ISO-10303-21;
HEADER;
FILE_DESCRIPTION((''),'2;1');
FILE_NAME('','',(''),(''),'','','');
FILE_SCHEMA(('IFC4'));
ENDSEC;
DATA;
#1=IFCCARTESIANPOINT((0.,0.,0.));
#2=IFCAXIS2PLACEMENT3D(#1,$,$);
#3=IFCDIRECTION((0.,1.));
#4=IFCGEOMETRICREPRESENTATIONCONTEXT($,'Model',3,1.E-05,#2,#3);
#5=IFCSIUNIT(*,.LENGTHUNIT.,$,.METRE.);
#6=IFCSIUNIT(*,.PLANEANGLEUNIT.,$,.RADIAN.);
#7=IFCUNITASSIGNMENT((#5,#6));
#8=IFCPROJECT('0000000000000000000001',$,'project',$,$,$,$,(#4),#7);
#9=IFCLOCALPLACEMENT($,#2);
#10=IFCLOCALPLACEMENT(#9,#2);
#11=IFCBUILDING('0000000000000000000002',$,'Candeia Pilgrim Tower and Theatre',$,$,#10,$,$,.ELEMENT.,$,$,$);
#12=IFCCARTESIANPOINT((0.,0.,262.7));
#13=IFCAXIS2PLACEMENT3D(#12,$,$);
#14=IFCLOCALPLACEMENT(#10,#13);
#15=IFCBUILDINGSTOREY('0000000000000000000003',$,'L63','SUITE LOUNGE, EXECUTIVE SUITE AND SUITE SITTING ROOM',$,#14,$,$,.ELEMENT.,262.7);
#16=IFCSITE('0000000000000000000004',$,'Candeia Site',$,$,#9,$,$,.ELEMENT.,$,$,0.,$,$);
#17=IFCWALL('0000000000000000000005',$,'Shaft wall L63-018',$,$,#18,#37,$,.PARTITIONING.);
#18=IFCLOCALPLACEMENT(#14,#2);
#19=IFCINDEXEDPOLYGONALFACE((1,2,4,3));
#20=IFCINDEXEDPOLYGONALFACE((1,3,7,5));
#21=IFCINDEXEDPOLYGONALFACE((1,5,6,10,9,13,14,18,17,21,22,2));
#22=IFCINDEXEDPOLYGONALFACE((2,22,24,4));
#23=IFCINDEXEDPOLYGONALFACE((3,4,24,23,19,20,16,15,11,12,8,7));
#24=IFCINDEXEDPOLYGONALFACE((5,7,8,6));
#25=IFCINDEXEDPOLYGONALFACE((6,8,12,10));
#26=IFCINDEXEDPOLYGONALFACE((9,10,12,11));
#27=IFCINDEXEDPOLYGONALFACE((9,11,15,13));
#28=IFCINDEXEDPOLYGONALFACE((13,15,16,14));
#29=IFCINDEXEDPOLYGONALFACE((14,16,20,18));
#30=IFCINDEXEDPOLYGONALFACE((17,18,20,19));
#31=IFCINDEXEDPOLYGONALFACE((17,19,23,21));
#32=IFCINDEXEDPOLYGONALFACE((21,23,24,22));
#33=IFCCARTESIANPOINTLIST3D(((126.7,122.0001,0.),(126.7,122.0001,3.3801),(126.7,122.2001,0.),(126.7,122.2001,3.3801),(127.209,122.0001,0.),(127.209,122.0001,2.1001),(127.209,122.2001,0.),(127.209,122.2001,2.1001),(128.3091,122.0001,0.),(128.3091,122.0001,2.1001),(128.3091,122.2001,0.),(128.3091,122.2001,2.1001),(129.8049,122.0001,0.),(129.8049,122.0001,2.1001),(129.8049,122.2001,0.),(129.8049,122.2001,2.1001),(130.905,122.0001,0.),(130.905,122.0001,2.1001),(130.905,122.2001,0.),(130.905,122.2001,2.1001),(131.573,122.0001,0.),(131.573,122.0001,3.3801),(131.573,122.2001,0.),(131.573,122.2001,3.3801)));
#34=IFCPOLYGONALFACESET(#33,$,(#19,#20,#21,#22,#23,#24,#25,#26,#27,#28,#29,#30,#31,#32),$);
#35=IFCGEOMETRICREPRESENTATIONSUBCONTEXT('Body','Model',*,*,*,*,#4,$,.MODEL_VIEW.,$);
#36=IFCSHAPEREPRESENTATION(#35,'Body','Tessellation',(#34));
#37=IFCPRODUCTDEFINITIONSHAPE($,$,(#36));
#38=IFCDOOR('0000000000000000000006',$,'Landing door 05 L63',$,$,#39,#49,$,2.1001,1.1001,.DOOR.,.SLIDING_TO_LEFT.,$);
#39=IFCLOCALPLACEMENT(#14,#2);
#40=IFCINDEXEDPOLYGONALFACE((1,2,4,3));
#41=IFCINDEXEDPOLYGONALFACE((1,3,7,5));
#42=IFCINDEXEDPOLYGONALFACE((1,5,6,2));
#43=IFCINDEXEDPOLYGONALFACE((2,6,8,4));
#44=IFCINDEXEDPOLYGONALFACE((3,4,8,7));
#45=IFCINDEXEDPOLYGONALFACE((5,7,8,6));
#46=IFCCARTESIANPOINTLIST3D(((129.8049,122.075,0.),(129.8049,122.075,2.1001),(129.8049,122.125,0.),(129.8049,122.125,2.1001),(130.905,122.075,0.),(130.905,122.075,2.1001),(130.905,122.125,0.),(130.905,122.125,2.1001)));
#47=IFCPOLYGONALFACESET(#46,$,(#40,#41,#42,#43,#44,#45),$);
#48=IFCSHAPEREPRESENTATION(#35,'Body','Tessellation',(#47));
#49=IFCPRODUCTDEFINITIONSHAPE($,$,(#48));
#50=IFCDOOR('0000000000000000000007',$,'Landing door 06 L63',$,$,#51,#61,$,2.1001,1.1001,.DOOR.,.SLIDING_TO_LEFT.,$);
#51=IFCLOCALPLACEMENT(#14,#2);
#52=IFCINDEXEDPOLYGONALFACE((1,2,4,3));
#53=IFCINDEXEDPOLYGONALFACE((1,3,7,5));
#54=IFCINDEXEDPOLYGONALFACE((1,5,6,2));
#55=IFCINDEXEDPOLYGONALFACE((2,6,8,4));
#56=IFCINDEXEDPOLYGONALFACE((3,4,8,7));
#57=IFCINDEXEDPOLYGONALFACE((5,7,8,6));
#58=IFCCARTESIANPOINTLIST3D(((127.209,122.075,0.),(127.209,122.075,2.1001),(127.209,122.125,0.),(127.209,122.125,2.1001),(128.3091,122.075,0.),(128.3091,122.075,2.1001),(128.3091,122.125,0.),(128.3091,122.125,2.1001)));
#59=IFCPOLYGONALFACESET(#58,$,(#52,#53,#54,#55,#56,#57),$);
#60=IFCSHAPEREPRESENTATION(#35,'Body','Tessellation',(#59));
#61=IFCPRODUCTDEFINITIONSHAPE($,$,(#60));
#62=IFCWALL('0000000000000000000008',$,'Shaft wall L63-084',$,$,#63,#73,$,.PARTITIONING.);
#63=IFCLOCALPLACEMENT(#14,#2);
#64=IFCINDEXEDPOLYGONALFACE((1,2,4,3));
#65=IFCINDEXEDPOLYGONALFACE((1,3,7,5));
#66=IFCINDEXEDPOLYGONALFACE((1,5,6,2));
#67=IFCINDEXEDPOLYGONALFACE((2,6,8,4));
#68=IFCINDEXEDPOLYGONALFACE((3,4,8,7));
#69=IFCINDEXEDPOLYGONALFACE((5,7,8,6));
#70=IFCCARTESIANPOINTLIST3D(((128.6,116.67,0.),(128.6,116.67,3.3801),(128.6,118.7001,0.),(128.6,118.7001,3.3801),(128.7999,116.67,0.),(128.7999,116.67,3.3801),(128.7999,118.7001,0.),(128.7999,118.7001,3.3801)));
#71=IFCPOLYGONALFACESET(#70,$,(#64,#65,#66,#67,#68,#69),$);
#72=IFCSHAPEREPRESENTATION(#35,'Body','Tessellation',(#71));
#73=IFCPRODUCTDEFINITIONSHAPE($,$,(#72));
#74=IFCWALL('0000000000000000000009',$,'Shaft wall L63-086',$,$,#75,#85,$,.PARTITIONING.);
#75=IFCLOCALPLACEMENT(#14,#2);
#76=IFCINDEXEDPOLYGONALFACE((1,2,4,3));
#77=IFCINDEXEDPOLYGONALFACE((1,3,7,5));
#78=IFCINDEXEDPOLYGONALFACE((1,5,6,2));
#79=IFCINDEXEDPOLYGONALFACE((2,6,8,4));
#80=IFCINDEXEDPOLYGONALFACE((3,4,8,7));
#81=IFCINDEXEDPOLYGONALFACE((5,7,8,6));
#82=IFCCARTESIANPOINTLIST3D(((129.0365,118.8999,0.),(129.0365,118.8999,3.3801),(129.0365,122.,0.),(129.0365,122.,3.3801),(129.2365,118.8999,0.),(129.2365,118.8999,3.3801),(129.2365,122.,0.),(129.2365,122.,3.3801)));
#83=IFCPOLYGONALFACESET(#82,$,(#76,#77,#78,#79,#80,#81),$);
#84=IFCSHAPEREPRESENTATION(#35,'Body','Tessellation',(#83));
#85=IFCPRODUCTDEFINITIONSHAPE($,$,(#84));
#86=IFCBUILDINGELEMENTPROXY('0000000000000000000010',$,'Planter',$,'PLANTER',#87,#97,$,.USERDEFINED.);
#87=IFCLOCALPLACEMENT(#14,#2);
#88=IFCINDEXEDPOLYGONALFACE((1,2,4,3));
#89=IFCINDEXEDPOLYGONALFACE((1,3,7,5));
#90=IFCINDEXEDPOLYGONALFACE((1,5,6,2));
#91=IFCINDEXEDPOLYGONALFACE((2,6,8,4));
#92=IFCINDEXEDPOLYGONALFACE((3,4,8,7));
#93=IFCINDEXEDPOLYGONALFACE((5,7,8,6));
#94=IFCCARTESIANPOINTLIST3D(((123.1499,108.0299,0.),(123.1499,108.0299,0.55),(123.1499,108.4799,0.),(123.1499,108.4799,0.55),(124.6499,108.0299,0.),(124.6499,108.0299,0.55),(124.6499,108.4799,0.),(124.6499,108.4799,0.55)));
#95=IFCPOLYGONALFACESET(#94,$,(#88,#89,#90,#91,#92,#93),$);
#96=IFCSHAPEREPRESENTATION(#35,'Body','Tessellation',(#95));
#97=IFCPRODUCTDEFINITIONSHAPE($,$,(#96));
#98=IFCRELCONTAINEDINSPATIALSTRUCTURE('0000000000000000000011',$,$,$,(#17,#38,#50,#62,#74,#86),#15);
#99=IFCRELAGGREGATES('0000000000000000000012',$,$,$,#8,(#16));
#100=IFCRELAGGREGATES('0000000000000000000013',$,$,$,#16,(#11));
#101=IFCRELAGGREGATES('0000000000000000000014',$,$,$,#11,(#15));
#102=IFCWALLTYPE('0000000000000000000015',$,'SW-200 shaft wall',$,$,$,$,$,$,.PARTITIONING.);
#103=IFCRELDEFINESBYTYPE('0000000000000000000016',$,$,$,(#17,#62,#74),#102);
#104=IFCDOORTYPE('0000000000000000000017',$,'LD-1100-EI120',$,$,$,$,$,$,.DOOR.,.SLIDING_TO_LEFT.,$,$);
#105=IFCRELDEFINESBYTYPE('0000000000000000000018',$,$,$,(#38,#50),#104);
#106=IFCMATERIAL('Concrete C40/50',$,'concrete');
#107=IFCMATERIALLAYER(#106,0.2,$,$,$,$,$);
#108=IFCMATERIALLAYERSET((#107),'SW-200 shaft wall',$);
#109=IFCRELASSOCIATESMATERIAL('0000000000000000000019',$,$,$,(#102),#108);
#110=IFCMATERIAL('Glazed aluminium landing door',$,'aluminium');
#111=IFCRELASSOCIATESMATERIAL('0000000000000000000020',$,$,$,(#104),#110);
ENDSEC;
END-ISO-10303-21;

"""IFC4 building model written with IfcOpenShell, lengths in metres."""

from ifc_helpers import new_model, si_unit, direction, frame, frame_2d, origin, origin_2d, place, context, subcontext, project, spatial, rectangle, extrude, material, layer, layer_set, type_object, element, fill, save


model = new_model("IFC4")

# Units and contexts
model_context = context("Model", 3, precision=1e-05, world=origin(), true_north=direction((0.0, 1.0)))
body_context = subcontext(model_context, "Body", "Model", "MODEL_VIEW")
ifc_project = project(units=[si_unit("LENGTHUNIT", "METRE"), si_unit("PLANEANGLEUNIT", "RADIAN")], contexts=[model_context])

# Site, building, storey
site_placement = place(None, origin())
site = spatial("IfcSite", under=ifc_project, at=site_placement, Name="Candeia Site", CompositionType="ELEMENT", RefElevation=0.0)
building_placement = place(site_placement, origin())
building = spatial("IfcBuilding", under=site, at=building_placement, Name="Candeia Pilgrim Tower and Theatre", CompositionType="ELEMENT")
storey_placement = place(building_placement, frame((0.0, 0.0, 262.7)))
storey = spatial("IfcBuildingStorey", under=building, at=storey_placement, Name="L63", Description="SUITE LOUNGE, EXECUTIVE SUITE AND SUITE SITTING ROOM", CompositionType="ELEMENT", Elevation=262.7)

# Shared definitions
ifc_material_1 = material(Name="Concrete C40/50", Category="concrete")

# Shared definitions
ifc_layer_1 = layer(ifc_material_1, 0.2)
ifc_layer_set_1 = layer_set([ifc_layer_1], Name="SW-200 shaft wall")
wall_type_1 = type_object("IfcWallType", Name="SW-200 shaft wall", PredefinedType="PARTITIONING", material=ifc_layer_set_1)

# Wall, openings, doors
wall_1_placement = place(storey_placement, frame((126.7, 122.1001, 0.0), z_axis=(0.0, 0.0, 1.0), x_axis=(1.0, 0.0, 0.0)))
wall_1 = element("IfcWall", 1, at=wall_1_placement, inside=storey, type_object=wall_type_1, Name="Shaft wall L63-018", PredefinedType="PARTITIONING", context=body_context, shape_type="SweptSolid", body=[
    extrude(rectangle(XDim=4.873, YDim=0.2, at=frame_2d((2.4365, 0.0))), origin(), (0.0, 0.0, 1.0), 3.3801),
])
opening_1_placement = place(wall_1_placement, frame((3.105, 0.0, 0.0)))
opening_1 = element("IfcOpeningElement", 2, at=opening_1_placement, cuts=wall_1, PredefinedType="OPENING", context=body_context, shape_type="SweptSolid", body=[
    extrude(rectangle(XDim=1.1001, YDim=2.1001, at=frame_2d((0.55, 1.05))), frame((0.0, 0.1099, 0.0), z_axis=(0.0, -1.0, 0.0), x_axis=(1.0, 0.0, 0.0)), (0.0, 0.0, 1.0), 0.22),
])
opening_2_placement = place(wall_1_placement, frame((0.509, 0.0, 0.0)))
opening_2 = element("IfcOpeningElement", 3, at=opening_2_placement, cuts=wall_1, PredefinedType="OPENING", context=body_context, shape_type="SweptSolid", body=[
    extrude(rectangle(XDim=1.1001, YDim=2.1001, at=frame_2d((0.55, 1.05))), frame((0.0, 0.1099, 0.0), z_axis=(0.0, -1.0, 0.0), x_axis=(1.0, 0.0, 0.0)), (0.0, 0.0, 1.0), 0.22),
])
ifc_material_2 = material(Name="Glazed aluminium landing door", Category="aluminium")
door_type_1 = type_object("IfcDoorType", Name="LD-1100-EI120", OperationType="SLIDING_TO_LEFT", PredefinedType="DOOR", material=ifc_material_2)
door_1_placement = place(opening_1_placement, origin())
door_1 = element("IfcDoor", 4, at=door_1_placement, inside=storey, type_object=door_type_1, Name="Landing door 05 L63", OperationType="SLIDING_TO_LEFT", OverallHeight=2.1001, OverallWidth=1.1001, PredefinedType="DOOR", context=body_context, shape_type="SweptSolid", body=[
    extrude(rectangle(XDim=1.1001, YDim=2.1001, at=frame_2d((0.55, 1.05))), frame((0.0, 0.0249, 0.0), z_axis=(0.0, -1.0, 0.0), x_axis=(1.0, 0.0, 0.0)), (0.0, 0.0, 1.0), 0.05),
])
fill(opening_1, door_1)
door_2_placement = place(opening_2_placement, origin())
door_2 = element("IfcDoor", 5, at=door_2_placement, inside=storey, type_object=door_type_1, Name="Landing door 06 L63", OperationType="SLIDING_TO_LEFT", OverallHeight=2.1001, OverallWidth=1.1001, PredefinedType="DOOR", context=body_context, shape_type="SweptSolid", body=[
    extrude(rectangle(XDim=1.1001, YDim=2.1001, at=frame_2d((0.55, 1.05))), frame((0.0, 0.0249, 0.0), z_axis=(0.0, -1.0, 0.0), x_axis=(1.0, 0.0, 0.0)), (0.0, 0.0, 1.0), 0.05),
])
fill(opening_2, door_2)

# Walls
wall_2_placement = place(storey_placement, frame((128.7, 116.6699, 0.0), z_axis=(0.0, 0.0, 1.0), x_axis=(0.0, 1.0, 0.0)))
element("IfcWall", 6, at=wall_2_placement, inside=storey, type_object=wall_type_1, Name="Shaft wall L63-084", PredefinedType="PARTITIONING", context=body_context, shape_type="SweptSolid", body=[
    extrude(rectangle(XDim=2.03, YDim=0.2, at=frame_2d((1.0151, 0.0))), origin(), (0.0, 0.0, 1.0), 3.3801),
])
wall_3_placement = place(storey_placement, frame((129.1365, 118.8999, 0.0), z_axis=(0.0, 0.0, 1.0), x_axis=(0.0, 1.0, 0.0)))
element("IfcWall", 7, at=wall_3_placement, inside=storey, type_object=wall_type_1, Name="Shaft wall L63-086", PredefinedType="PARTITIONING", context=body_context, shape_type="SweptSolid", body=[
    extrude(rectangle(XDim=3.1001, YDim=0.2, at=frame_2d((1.55, 0.0))), origin(), (0.0, 0.0, 1.0), 3.3801),
])

# Building element proxy
proxy_placement = place(storey_placement, frame((123.8999, 108.2549, 0.0), z_axis=(0.0, 0.0, 1.0), x_axis=(1.0, 0.0, 0.0)))
element("IfcBuildingElementProxy", 8, at=proxy_placement, inside=storey, Name="Planter", ObjectType="PLANTER", PredefinedType="USERDEFINED", context=body_context, shape_type="SweptSolid", body=[
    extrude(rectangle(XDim=1.5, YDim=0.45, at=origin_2d()), origin(), (0.0, 0.0, 1.0), 0.55),
])

save(model, "model.ifc")
